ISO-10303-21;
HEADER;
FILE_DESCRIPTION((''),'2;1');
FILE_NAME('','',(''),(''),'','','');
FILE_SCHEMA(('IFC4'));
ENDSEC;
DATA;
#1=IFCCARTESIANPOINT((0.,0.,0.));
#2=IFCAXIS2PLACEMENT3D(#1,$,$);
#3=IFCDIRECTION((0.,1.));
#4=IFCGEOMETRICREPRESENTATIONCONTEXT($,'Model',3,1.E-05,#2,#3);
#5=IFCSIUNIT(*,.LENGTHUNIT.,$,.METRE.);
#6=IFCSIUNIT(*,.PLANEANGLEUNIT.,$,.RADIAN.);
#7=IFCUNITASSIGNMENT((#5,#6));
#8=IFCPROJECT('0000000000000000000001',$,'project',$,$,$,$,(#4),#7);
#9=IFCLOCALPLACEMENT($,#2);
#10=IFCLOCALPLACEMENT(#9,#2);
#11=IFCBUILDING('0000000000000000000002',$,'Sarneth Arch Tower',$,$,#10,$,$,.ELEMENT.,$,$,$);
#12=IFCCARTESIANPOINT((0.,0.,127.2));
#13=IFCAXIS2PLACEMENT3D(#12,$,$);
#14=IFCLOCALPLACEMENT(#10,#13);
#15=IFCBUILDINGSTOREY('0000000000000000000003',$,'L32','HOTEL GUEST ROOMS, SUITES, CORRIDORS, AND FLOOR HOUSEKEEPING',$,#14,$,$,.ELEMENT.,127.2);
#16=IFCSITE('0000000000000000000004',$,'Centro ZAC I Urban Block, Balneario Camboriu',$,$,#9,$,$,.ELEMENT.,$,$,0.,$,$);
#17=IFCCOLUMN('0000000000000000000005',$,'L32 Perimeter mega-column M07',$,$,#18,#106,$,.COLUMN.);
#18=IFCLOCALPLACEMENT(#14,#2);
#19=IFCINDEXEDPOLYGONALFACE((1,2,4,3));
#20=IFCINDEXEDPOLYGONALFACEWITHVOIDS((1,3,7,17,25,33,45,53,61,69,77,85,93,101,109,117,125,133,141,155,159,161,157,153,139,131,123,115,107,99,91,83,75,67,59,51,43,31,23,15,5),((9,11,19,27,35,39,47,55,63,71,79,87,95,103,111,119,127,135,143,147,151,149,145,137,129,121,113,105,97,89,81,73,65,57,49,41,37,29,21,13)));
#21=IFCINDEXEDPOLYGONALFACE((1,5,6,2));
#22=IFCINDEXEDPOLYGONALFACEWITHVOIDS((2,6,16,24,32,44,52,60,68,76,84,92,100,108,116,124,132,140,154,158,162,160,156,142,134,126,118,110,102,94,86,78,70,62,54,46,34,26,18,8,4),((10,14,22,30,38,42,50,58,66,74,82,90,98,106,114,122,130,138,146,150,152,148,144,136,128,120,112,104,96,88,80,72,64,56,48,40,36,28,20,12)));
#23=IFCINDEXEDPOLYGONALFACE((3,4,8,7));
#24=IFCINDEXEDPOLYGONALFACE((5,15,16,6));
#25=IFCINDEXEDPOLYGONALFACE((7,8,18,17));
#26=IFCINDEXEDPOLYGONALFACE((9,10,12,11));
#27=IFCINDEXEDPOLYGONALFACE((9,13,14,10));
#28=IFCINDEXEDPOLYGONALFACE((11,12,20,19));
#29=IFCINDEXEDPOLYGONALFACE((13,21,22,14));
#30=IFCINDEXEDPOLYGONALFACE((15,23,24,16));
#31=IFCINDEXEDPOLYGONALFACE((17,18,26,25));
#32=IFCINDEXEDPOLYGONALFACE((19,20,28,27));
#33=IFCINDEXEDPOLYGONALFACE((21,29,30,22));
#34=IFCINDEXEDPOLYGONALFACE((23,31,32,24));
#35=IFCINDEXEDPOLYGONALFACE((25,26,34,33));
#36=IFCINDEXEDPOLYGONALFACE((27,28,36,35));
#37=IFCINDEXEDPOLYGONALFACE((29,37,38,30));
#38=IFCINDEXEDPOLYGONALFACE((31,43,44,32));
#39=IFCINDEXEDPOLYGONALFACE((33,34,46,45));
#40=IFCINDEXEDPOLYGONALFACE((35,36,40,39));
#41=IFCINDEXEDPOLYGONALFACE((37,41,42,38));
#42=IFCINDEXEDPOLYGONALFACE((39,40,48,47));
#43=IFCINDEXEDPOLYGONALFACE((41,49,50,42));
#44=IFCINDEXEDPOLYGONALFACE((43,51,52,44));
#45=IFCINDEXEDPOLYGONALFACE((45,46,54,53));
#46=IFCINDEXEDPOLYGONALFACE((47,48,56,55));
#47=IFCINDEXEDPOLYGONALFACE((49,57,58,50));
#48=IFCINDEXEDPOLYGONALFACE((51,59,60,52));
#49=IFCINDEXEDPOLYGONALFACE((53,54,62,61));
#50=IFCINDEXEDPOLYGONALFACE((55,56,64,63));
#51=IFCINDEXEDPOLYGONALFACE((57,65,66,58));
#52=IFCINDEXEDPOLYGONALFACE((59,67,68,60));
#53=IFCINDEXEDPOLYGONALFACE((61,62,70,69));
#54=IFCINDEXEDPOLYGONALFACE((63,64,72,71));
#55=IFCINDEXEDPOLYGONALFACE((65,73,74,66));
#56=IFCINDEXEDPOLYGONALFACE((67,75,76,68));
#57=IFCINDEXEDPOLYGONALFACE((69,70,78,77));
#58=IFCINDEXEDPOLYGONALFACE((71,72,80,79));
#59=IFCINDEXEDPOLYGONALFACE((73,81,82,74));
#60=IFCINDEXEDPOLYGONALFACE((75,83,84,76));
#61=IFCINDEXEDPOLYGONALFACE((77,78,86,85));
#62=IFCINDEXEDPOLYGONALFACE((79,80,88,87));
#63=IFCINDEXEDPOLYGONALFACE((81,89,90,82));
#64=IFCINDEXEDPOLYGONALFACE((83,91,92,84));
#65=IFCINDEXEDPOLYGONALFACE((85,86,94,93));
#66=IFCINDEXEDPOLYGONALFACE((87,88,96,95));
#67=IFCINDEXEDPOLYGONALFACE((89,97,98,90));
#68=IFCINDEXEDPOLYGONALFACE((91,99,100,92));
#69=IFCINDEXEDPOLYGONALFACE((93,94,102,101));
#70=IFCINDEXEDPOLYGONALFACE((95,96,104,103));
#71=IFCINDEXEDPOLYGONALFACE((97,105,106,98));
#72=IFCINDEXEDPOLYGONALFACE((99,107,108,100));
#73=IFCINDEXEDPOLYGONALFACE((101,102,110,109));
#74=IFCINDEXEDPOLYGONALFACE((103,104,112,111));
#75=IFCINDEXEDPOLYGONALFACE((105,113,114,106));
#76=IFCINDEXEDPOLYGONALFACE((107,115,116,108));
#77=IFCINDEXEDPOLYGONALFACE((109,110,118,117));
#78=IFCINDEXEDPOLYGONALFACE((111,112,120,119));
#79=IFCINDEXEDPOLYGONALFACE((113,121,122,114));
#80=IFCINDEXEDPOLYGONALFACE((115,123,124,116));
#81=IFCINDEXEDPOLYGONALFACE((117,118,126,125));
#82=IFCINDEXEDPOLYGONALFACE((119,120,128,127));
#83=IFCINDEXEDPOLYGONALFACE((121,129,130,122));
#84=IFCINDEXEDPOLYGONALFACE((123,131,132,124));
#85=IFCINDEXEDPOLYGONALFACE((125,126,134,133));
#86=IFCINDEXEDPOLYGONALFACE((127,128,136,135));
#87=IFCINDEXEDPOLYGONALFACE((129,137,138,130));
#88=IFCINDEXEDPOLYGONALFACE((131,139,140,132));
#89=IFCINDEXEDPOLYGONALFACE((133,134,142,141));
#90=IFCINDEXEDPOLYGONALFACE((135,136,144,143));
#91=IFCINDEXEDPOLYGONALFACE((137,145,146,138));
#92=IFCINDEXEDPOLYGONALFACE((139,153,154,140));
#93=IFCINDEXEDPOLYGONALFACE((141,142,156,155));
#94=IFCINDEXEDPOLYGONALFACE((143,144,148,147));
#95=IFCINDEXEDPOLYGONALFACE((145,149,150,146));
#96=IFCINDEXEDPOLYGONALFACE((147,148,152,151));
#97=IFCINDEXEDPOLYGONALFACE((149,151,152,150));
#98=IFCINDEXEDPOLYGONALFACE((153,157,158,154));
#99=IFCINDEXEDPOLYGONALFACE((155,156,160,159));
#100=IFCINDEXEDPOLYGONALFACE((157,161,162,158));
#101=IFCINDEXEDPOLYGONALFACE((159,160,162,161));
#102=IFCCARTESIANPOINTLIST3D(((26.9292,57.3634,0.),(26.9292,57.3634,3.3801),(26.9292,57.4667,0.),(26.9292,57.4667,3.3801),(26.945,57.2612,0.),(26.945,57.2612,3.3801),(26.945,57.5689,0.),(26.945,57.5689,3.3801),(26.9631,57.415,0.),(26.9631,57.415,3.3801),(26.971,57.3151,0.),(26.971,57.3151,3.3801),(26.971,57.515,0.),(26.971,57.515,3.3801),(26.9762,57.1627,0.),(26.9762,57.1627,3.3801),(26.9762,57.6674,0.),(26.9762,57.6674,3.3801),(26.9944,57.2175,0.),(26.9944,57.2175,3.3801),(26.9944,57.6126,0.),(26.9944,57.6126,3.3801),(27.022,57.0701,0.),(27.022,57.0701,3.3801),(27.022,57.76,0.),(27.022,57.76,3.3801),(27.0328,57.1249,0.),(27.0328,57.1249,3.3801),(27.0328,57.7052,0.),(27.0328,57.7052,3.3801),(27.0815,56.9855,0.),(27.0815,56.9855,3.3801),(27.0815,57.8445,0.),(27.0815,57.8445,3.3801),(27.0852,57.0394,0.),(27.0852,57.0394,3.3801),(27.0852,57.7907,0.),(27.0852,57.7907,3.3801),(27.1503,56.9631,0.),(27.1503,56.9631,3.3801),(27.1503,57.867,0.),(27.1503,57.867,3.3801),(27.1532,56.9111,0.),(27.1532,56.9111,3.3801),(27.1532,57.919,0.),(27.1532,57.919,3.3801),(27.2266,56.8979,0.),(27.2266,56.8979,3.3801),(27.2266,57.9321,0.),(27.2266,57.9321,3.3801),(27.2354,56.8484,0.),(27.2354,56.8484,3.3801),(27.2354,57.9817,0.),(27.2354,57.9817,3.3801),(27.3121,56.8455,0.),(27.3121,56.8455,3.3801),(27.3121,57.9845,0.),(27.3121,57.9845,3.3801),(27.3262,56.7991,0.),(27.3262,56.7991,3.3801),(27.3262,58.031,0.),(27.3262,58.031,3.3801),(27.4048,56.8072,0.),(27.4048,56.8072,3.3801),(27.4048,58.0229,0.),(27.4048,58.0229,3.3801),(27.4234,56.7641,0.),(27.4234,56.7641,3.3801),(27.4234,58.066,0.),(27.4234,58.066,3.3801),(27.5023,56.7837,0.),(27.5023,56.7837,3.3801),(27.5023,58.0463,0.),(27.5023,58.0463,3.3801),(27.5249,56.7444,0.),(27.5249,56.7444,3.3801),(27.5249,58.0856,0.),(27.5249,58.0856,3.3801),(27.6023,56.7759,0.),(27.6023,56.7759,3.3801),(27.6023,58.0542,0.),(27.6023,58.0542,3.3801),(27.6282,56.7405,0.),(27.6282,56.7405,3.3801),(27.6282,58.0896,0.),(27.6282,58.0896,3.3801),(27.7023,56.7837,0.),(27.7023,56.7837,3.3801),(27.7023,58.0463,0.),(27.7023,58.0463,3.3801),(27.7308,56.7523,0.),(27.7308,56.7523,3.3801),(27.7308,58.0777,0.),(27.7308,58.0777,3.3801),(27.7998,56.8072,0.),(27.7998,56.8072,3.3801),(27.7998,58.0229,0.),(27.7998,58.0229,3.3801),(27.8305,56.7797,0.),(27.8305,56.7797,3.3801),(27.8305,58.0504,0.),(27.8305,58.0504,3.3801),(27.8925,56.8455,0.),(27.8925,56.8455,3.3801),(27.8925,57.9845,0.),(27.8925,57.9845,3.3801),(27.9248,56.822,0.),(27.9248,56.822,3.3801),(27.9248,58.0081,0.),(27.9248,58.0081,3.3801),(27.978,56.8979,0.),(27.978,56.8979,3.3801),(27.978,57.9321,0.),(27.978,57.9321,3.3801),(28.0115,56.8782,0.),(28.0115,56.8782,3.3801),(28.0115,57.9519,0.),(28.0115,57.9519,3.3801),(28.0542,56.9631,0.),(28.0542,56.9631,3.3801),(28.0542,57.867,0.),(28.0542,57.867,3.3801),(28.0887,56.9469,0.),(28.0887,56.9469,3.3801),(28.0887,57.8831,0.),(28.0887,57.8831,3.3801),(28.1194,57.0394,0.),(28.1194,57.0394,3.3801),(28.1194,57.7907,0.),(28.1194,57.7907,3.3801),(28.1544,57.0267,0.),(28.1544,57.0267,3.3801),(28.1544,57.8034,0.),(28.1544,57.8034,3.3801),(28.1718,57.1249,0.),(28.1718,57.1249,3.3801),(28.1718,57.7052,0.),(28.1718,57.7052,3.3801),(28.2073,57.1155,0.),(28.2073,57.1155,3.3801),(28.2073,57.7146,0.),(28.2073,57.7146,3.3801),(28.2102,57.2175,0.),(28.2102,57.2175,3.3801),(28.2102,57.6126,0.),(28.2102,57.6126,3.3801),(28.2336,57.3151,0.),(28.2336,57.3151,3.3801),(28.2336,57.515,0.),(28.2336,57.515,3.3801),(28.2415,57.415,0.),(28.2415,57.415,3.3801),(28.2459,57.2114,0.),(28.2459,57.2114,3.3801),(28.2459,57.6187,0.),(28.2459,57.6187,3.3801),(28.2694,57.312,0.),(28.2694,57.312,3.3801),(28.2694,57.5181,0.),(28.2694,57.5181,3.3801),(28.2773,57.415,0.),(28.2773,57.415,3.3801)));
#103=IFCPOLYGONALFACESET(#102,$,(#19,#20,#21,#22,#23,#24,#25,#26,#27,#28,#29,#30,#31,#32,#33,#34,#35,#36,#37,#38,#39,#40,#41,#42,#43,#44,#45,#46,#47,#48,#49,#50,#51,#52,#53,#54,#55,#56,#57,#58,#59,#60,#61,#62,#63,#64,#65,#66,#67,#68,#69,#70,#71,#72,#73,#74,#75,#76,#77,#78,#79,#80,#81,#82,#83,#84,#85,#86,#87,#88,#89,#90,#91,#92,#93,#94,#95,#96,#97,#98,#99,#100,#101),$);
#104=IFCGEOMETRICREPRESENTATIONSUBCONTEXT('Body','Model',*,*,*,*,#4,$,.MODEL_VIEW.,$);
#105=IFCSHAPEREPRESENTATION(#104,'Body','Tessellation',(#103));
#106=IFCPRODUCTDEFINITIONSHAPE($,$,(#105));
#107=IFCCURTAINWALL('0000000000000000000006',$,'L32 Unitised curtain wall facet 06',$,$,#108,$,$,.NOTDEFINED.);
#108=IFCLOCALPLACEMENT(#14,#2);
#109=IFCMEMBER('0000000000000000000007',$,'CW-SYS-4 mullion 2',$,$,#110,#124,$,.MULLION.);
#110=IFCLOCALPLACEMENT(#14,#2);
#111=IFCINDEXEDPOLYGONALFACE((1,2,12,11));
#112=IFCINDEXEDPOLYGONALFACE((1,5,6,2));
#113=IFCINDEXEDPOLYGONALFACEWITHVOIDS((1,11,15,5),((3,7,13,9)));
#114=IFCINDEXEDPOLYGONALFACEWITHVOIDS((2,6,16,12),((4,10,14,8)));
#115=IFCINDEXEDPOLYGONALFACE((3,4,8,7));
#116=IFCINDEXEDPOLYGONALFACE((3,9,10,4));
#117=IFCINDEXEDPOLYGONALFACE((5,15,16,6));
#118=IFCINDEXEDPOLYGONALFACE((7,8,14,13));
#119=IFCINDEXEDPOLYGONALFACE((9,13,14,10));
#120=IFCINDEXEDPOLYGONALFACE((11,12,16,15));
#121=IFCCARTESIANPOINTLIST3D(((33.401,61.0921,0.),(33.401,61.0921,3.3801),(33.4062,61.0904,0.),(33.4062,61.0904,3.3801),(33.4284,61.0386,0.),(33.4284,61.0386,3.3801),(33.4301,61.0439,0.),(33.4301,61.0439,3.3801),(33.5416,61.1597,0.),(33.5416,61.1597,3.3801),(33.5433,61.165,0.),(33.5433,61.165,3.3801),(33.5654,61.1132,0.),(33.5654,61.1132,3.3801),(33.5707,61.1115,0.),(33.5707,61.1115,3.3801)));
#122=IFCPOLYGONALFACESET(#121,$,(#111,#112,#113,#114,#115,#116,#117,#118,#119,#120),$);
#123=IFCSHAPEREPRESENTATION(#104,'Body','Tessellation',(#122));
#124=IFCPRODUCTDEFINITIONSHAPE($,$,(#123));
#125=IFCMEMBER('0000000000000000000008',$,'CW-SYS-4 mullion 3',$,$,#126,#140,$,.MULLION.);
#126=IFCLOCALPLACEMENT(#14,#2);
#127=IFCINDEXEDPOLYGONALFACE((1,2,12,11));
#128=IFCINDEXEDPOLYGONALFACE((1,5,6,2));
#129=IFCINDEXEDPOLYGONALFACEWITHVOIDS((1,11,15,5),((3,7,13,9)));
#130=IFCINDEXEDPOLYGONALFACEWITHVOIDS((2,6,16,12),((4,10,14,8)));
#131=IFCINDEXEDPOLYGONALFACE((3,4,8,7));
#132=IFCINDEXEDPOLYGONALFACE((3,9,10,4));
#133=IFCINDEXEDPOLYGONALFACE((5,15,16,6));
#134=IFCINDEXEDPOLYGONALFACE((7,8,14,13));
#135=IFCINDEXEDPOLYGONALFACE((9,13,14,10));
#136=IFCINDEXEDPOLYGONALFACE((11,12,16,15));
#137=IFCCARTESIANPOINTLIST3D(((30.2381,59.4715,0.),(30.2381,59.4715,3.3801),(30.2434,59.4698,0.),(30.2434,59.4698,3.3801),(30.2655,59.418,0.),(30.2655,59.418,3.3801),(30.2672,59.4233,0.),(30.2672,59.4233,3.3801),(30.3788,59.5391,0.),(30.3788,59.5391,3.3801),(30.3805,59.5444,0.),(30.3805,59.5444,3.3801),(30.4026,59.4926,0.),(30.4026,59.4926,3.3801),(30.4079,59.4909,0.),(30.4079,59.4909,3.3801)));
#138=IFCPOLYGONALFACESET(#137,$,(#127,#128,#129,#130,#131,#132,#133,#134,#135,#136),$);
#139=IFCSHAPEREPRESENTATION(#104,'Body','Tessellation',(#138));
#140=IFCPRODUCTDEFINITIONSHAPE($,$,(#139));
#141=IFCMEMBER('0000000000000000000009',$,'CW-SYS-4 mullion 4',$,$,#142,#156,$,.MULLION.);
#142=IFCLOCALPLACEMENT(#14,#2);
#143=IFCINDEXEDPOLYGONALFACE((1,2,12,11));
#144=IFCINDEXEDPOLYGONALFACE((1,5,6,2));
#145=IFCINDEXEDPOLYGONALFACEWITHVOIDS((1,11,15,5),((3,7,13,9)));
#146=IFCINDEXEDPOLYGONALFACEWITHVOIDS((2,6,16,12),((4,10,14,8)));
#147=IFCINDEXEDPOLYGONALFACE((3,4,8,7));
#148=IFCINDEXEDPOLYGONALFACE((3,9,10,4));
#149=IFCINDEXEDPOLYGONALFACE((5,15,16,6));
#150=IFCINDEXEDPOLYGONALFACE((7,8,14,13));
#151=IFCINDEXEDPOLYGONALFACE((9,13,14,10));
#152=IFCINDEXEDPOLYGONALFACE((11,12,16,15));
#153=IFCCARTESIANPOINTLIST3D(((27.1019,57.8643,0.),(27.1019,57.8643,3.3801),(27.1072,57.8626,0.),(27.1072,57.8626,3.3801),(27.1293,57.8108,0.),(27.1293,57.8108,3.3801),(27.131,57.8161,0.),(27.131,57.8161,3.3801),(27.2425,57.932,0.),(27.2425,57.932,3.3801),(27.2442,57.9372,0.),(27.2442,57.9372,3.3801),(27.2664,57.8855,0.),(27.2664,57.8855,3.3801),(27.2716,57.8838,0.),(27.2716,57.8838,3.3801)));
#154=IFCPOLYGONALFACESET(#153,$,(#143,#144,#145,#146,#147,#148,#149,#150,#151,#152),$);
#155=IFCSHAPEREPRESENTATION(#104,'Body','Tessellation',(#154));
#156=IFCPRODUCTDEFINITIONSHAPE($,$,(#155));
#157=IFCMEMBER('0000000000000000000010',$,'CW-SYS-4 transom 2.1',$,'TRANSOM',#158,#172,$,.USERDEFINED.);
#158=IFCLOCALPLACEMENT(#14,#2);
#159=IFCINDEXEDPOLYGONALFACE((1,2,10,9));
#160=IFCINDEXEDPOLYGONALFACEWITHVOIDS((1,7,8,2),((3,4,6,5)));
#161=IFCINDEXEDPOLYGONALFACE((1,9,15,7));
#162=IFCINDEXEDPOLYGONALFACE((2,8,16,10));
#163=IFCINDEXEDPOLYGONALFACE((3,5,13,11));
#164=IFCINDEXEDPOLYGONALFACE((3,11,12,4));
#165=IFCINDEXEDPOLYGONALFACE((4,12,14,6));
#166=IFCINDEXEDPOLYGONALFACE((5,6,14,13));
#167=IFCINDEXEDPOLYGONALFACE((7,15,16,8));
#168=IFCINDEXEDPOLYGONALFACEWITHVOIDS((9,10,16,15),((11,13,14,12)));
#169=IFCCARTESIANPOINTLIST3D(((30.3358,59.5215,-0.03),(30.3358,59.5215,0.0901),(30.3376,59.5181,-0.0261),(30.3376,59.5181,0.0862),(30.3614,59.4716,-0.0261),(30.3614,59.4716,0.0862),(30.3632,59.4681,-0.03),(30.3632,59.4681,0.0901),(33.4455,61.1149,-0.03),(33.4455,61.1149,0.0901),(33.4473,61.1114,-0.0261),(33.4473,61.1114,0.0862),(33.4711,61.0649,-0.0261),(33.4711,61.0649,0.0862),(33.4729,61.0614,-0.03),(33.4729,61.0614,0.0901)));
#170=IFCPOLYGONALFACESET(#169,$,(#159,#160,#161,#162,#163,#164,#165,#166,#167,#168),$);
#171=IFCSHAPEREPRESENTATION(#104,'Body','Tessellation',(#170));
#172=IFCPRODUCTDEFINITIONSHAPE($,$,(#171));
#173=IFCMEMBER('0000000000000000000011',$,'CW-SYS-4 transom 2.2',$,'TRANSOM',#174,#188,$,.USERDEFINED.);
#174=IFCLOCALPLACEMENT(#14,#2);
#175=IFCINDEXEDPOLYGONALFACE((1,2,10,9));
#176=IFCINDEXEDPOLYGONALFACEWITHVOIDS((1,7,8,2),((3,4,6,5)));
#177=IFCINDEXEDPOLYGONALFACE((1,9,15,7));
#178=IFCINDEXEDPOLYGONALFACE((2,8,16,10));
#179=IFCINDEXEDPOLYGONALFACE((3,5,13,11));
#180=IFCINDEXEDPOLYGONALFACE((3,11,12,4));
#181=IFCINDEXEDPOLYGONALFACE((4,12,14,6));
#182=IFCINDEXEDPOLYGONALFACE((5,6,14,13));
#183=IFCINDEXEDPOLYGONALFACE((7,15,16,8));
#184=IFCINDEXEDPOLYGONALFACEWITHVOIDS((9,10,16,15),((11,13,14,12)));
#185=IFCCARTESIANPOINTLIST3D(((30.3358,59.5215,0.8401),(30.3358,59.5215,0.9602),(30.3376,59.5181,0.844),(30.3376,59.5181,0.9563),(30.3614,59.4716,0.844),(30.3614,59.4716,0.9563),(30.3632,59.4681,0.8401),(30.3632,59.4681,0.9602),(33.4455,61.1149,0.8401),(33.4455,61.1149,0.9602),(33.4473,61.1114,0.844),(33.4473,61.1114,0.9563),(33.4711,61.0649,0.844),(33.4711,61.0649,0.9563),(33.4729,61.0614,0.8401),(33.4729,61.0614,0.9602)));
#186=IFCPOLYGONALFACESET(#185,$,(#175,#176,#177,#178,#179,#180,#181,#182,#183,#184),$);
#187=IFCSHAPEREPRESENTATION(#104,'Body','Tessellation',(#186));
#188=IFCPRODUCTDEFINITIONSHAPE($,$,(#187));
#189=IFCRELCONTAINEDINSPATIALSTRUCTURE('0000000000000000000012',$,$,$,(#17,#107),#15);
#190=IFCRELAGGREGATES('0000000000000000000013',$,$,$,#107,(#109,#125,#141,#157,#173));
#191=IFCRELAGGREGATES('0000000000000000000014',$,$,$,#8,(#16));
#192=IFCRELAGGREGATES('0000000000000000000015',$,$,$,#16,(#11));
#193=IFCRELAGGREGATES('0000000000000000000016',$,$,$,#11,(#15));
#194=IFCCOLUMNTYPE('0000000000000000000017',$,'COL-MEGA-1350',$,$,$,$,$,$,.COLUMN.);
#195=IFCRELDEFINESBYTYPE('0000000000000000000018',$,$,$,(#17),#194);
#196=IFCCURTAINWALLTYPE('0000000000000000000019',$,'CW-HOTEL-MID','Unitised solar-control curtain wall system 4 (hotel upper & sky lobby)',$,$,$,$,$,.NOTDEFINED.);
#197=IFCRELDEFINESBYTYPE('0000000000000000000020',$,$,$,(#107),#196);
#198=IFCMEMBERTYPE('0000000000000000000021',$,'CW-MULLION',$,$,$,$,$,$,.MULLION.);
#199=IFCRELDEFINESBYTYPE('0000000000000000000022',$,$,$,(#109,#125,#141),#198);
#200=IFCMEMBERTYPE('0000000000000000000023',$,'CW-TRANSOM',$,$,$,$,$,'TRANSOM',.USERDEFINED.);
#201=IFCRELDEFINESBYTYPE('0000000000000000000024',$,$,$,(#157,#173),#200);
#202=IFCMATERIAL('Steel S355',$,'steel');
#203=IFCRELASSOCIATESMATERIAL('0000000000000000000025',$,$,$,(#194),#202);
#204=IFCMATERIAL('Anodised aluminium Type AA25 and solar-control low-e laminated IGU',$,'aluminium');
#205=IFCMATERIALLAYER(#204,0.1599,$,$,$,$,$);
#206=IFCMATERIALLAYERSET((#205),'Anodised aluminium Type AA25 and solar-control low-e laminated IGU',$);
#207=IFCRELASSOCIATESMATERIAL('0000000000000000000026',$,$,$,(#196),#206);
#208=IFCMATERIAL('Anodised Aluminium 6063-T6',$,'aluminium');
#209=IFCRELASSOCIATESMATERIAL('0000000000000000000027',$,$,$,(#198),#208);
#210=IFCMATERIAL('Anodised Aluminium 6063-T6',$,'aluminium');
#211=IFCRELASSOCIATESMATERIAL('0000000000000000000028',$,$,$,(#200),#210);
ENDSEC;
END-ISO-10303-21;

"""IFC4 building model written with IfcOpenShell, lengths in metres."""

from ifc_helpers import new_model, si_unit, direction, frame, origin, origin_2d, place, context, subcontext, project, spatial, hollow_rectangle, hollow_circle, extrude, material, layer, layer_set, material_profile, profile_set, type_object, element, aggregate, save


model = new_model("IFC4")

# Units and contexts
model_context = context("Model", 3, precision=1e-05, world=origin(), true_north=direction((0.0, 1.0)))
body_context = subcontext(model_context, "Body", "Model", "MODEL_VIEW")
ifc_project = project(units=[si_unit("LENGTHUNIT", "METRE"), si_unit("PLANEANGLEUNIT", "RADIAN")], contexts=[model_context])

# Site, building, storey
site_placement = place(None, origin())
site = spatial("IfcSite", under=ifc_project, at=site_placement, Name="Centro ZAC I Urban Block, Balneario Camboriu", CompositionType="ELEMENT", RefElevation=0.0)
building_placement = place(site_placement, origin())
building = spatial("IfcBuilding", under=site, at=building_placement, Name="Sarneth Arch Tower", CompositionType="ELEMENT")
storey_placement = place(building_placement, frame((0.0, 0.0, 127.2)))
storey = spatial("IfcBuildingStorey", under=building, at=storey_placement, Name="L32", Description="HOTEL GUEST ROOMS, SUITES, CORRIDORS, AND FLOOR HOUSEKEEPING", CompositionType="ELEMENT", Elevation=127.2)

# Column
ifc_material_1 = material(Name="Steel S355", Category="steel")
ifc_material_profile_1 = material_profile(ifc_material_1, hollow_circle(Radius=0.675, WallThickness=0.0359, at=origin_2d()), Name="CHS1350x36")
ifc_profile_set_1 = profile_set([ifc_material_profile_1], Name="Steel S355")
column_type = type_object("IfcColumnType", Name="COL-MEGA-1350", PredefinedType="COLUMN", material=ifc_profile_set_1)
column_placement = place(storey_placement, frame((27.6023, 57.415, 0.0), z_axis=(0.0, 0.0, 1.0), x_axis=(1.0, 0.0, 0.0)))
element("IfcColumn", 1, at=column_placement, inside=storey, type_object=column_type, Name="L32 Perimeter mega-column M07", PredefinedType="COLUMN", context=body_context, shape_type="SweptSolid", body=[
    extrude(hollow_circle(Radius=0.675, WallThickness=0.0359, at=origin_2d()), origin(), (0.0, 0.0, 1.0), 3.3801),
])

# Curtain wall, members
ifc_material_2 = material(Name="Anodised aluminium Type AA25 and solar-control low-e laminated IGU", Category="aluminium")
ifc_layer_1 = layer(ifc_material_2, 0.1599)
ifc_layer_set_1 = layer_set([ifc_layer_1], Name="Anodised aluminium Type AA25 and solar-control low-e laminated IGU")
curtain_wall_type = type_object("IfcCurtainWallType", Name="CW-HOTEL-MID", Description="Unitised solar-control curtain wall system 4 (hotel upper & sky lobby)", PredefinedType="NOTDEFINED", material=ifc_layer_set_1)
curtain_wall_placement = place(storey_placement, origin())
curtain_wall = element("IfcCurtainWall", 2, at=curtain_wall_placement, inside=storey, type_object=curtain_wall_type, Name="L32 Unitised curtain wall facet 06", PredefinedType="NOTDEFINED")
ifc_material_3 = material(Name="Anodised Aluminium 6063-T6", Category="aluminium")
ifc_material_profile_2 = material_profile(ifc_material_3, hollow_rectangle(XDim=0.0601, YDim=0.1599, WallThickness=0.0039, at=origin_2d()), Name="AL-MULL-160x60x4")
ifc_profile_set_2 = profile_set([ifc_material_profile_2], Name="Anodised Aluminium 6063-T6")
member_type_1 = type_object("IfcMemberType", Name="CW-MULLION", PredefinedType="MULLION", material=ifc_profile_set_2)
member_1_placement = place(storey_placement, frame((33.4858, 61.1018, 0.0), z_axis=(0.0, 0.0, 1.0), x_axis=(0.456031, -0.889964, 0.0)))
member_1 = element("IfcMember", 3, at=member_1_placement, type_object=member_type_1, Name="CW-SYS-4 mullion 2", PredefinedType="MULLION", context=body_context, shape_type="SweptSolid", body=[
    extrude(hollow_rectangle(XDim=0.0601, YDim=0.1599, WallThickness=0.0039, at=origin_2d()), origin(), (0.0, 0.0, 1.0), 3.3801),
])
member_2_placement = place(storey_placement, frame((30.323, 59.4812, 0.0), z_axis=(0.0, 0.0, 1.0), x_axis=(0.456031, -0.889964, 0.0)))
member_2 = element("IfcMember", 4, at=member_2_placement, type_object=member_type_1, Name="CW-SYS-4 mullion 3", PredefinedType="MULLION", context=body_context, shape_type="SweptSolid", body=[
    extrude(hollow_rectangle(XDim=0.0601, YDim=0.1599, WallThickness=0.0039, at=origin_2d()), origin(), (0.0, 0.0, 1.0), 3.3801),
])
member_3_placement = place(storey_placement, frame((27.1868, 57.874, 0.0), z_axis=(0.0, 0.0, 1.0), x_axis=(0.456031, -0.889964, 0.0)))
member_3 = element("IfcMember", 5, at=member_3_placement, type_object=member_type_1, Name="CW-SYS-4 mullion 4", PredefinedType="MULLION", context=body_context, shape_type="SweptSolid", body=[
    extrude(hollow_rectangle(XDim=0.0601, YDim=0.1599, WallThickness=0.0039, at=origin_2d()), origin(), (0.0, 0.0, 1.0), 3.3801),
])
ifc_material_4 = material(Name="Anodised Aluminium 6063-T6", Category="aluminium")
ifc_material_profile_3 = material_profile(ifc_material_4, hollow_rectangle(XDim=0.0601, YDim=0.1201, WallThickness=0.0039, at=origin_2d()), Name="AL-TRAN-120x60x4")
ifc_profile_set_3 = profile_set([ifc_material_profile_3], Name="Anodised Aluminium 6063-T6")
member_type_2 = type_object("IfcMemberType", Name="CW-TRANSOM", ElementType="TRANSOM", PredefinedType="USERDEFINED", material=ifc_profile_set_3)
member_4_placement = place(storey_placement, frame((33.4592, 61.0881, 0.03), z_axis=(-0.889982, -0.455996, 0.0), x_axis=(0.455996, -0.889982, 0.0)))
member_4 = element("IfcMember", 6, at=member_4_placement, type_object=member_type_2, Name="CW-SYS-4 transom 2.1", ObjectType="TRANSOM", PredefinedType="USERDEFINED", context=body_context, shape_type="SweptSolid", body=[
    extrude(hollow_rectangle(XDim=0.0601, YDim=0.1201, WallThickness=0.0039, at=origin_2d()), origin(), (0.0, 0.0, 1.0), 3.4941),
])
member_5_placement = place(storey_placement, frame((33.4592, 61.0881, 0.9001), z_axis=(-0.889982, -0.455996, 0.0), x_axis=(0.455996, -0.889982, 0.0)))
member_5 = element("IfcMember", 7, at=member_5_placement, type_object=member_type_2, Name="CW-SYS-4 transom 2.2", ObjectType="TRANSOM", PredefinedType="USERDEFINED", context=body_context, shape_type="SweptSolid", body=[
    extrude(hollow_rectangle(XDim=0.0601, YDim=0.1201, WallThickness=0.0039, at=origin_2d()), origin(), (0.0, 0.0, 1.0), 3.4941),
])

aggregate(curtain_wall, [member_1, member_2, member_3, member_4, member_5])

save(model, "model.ifc")
